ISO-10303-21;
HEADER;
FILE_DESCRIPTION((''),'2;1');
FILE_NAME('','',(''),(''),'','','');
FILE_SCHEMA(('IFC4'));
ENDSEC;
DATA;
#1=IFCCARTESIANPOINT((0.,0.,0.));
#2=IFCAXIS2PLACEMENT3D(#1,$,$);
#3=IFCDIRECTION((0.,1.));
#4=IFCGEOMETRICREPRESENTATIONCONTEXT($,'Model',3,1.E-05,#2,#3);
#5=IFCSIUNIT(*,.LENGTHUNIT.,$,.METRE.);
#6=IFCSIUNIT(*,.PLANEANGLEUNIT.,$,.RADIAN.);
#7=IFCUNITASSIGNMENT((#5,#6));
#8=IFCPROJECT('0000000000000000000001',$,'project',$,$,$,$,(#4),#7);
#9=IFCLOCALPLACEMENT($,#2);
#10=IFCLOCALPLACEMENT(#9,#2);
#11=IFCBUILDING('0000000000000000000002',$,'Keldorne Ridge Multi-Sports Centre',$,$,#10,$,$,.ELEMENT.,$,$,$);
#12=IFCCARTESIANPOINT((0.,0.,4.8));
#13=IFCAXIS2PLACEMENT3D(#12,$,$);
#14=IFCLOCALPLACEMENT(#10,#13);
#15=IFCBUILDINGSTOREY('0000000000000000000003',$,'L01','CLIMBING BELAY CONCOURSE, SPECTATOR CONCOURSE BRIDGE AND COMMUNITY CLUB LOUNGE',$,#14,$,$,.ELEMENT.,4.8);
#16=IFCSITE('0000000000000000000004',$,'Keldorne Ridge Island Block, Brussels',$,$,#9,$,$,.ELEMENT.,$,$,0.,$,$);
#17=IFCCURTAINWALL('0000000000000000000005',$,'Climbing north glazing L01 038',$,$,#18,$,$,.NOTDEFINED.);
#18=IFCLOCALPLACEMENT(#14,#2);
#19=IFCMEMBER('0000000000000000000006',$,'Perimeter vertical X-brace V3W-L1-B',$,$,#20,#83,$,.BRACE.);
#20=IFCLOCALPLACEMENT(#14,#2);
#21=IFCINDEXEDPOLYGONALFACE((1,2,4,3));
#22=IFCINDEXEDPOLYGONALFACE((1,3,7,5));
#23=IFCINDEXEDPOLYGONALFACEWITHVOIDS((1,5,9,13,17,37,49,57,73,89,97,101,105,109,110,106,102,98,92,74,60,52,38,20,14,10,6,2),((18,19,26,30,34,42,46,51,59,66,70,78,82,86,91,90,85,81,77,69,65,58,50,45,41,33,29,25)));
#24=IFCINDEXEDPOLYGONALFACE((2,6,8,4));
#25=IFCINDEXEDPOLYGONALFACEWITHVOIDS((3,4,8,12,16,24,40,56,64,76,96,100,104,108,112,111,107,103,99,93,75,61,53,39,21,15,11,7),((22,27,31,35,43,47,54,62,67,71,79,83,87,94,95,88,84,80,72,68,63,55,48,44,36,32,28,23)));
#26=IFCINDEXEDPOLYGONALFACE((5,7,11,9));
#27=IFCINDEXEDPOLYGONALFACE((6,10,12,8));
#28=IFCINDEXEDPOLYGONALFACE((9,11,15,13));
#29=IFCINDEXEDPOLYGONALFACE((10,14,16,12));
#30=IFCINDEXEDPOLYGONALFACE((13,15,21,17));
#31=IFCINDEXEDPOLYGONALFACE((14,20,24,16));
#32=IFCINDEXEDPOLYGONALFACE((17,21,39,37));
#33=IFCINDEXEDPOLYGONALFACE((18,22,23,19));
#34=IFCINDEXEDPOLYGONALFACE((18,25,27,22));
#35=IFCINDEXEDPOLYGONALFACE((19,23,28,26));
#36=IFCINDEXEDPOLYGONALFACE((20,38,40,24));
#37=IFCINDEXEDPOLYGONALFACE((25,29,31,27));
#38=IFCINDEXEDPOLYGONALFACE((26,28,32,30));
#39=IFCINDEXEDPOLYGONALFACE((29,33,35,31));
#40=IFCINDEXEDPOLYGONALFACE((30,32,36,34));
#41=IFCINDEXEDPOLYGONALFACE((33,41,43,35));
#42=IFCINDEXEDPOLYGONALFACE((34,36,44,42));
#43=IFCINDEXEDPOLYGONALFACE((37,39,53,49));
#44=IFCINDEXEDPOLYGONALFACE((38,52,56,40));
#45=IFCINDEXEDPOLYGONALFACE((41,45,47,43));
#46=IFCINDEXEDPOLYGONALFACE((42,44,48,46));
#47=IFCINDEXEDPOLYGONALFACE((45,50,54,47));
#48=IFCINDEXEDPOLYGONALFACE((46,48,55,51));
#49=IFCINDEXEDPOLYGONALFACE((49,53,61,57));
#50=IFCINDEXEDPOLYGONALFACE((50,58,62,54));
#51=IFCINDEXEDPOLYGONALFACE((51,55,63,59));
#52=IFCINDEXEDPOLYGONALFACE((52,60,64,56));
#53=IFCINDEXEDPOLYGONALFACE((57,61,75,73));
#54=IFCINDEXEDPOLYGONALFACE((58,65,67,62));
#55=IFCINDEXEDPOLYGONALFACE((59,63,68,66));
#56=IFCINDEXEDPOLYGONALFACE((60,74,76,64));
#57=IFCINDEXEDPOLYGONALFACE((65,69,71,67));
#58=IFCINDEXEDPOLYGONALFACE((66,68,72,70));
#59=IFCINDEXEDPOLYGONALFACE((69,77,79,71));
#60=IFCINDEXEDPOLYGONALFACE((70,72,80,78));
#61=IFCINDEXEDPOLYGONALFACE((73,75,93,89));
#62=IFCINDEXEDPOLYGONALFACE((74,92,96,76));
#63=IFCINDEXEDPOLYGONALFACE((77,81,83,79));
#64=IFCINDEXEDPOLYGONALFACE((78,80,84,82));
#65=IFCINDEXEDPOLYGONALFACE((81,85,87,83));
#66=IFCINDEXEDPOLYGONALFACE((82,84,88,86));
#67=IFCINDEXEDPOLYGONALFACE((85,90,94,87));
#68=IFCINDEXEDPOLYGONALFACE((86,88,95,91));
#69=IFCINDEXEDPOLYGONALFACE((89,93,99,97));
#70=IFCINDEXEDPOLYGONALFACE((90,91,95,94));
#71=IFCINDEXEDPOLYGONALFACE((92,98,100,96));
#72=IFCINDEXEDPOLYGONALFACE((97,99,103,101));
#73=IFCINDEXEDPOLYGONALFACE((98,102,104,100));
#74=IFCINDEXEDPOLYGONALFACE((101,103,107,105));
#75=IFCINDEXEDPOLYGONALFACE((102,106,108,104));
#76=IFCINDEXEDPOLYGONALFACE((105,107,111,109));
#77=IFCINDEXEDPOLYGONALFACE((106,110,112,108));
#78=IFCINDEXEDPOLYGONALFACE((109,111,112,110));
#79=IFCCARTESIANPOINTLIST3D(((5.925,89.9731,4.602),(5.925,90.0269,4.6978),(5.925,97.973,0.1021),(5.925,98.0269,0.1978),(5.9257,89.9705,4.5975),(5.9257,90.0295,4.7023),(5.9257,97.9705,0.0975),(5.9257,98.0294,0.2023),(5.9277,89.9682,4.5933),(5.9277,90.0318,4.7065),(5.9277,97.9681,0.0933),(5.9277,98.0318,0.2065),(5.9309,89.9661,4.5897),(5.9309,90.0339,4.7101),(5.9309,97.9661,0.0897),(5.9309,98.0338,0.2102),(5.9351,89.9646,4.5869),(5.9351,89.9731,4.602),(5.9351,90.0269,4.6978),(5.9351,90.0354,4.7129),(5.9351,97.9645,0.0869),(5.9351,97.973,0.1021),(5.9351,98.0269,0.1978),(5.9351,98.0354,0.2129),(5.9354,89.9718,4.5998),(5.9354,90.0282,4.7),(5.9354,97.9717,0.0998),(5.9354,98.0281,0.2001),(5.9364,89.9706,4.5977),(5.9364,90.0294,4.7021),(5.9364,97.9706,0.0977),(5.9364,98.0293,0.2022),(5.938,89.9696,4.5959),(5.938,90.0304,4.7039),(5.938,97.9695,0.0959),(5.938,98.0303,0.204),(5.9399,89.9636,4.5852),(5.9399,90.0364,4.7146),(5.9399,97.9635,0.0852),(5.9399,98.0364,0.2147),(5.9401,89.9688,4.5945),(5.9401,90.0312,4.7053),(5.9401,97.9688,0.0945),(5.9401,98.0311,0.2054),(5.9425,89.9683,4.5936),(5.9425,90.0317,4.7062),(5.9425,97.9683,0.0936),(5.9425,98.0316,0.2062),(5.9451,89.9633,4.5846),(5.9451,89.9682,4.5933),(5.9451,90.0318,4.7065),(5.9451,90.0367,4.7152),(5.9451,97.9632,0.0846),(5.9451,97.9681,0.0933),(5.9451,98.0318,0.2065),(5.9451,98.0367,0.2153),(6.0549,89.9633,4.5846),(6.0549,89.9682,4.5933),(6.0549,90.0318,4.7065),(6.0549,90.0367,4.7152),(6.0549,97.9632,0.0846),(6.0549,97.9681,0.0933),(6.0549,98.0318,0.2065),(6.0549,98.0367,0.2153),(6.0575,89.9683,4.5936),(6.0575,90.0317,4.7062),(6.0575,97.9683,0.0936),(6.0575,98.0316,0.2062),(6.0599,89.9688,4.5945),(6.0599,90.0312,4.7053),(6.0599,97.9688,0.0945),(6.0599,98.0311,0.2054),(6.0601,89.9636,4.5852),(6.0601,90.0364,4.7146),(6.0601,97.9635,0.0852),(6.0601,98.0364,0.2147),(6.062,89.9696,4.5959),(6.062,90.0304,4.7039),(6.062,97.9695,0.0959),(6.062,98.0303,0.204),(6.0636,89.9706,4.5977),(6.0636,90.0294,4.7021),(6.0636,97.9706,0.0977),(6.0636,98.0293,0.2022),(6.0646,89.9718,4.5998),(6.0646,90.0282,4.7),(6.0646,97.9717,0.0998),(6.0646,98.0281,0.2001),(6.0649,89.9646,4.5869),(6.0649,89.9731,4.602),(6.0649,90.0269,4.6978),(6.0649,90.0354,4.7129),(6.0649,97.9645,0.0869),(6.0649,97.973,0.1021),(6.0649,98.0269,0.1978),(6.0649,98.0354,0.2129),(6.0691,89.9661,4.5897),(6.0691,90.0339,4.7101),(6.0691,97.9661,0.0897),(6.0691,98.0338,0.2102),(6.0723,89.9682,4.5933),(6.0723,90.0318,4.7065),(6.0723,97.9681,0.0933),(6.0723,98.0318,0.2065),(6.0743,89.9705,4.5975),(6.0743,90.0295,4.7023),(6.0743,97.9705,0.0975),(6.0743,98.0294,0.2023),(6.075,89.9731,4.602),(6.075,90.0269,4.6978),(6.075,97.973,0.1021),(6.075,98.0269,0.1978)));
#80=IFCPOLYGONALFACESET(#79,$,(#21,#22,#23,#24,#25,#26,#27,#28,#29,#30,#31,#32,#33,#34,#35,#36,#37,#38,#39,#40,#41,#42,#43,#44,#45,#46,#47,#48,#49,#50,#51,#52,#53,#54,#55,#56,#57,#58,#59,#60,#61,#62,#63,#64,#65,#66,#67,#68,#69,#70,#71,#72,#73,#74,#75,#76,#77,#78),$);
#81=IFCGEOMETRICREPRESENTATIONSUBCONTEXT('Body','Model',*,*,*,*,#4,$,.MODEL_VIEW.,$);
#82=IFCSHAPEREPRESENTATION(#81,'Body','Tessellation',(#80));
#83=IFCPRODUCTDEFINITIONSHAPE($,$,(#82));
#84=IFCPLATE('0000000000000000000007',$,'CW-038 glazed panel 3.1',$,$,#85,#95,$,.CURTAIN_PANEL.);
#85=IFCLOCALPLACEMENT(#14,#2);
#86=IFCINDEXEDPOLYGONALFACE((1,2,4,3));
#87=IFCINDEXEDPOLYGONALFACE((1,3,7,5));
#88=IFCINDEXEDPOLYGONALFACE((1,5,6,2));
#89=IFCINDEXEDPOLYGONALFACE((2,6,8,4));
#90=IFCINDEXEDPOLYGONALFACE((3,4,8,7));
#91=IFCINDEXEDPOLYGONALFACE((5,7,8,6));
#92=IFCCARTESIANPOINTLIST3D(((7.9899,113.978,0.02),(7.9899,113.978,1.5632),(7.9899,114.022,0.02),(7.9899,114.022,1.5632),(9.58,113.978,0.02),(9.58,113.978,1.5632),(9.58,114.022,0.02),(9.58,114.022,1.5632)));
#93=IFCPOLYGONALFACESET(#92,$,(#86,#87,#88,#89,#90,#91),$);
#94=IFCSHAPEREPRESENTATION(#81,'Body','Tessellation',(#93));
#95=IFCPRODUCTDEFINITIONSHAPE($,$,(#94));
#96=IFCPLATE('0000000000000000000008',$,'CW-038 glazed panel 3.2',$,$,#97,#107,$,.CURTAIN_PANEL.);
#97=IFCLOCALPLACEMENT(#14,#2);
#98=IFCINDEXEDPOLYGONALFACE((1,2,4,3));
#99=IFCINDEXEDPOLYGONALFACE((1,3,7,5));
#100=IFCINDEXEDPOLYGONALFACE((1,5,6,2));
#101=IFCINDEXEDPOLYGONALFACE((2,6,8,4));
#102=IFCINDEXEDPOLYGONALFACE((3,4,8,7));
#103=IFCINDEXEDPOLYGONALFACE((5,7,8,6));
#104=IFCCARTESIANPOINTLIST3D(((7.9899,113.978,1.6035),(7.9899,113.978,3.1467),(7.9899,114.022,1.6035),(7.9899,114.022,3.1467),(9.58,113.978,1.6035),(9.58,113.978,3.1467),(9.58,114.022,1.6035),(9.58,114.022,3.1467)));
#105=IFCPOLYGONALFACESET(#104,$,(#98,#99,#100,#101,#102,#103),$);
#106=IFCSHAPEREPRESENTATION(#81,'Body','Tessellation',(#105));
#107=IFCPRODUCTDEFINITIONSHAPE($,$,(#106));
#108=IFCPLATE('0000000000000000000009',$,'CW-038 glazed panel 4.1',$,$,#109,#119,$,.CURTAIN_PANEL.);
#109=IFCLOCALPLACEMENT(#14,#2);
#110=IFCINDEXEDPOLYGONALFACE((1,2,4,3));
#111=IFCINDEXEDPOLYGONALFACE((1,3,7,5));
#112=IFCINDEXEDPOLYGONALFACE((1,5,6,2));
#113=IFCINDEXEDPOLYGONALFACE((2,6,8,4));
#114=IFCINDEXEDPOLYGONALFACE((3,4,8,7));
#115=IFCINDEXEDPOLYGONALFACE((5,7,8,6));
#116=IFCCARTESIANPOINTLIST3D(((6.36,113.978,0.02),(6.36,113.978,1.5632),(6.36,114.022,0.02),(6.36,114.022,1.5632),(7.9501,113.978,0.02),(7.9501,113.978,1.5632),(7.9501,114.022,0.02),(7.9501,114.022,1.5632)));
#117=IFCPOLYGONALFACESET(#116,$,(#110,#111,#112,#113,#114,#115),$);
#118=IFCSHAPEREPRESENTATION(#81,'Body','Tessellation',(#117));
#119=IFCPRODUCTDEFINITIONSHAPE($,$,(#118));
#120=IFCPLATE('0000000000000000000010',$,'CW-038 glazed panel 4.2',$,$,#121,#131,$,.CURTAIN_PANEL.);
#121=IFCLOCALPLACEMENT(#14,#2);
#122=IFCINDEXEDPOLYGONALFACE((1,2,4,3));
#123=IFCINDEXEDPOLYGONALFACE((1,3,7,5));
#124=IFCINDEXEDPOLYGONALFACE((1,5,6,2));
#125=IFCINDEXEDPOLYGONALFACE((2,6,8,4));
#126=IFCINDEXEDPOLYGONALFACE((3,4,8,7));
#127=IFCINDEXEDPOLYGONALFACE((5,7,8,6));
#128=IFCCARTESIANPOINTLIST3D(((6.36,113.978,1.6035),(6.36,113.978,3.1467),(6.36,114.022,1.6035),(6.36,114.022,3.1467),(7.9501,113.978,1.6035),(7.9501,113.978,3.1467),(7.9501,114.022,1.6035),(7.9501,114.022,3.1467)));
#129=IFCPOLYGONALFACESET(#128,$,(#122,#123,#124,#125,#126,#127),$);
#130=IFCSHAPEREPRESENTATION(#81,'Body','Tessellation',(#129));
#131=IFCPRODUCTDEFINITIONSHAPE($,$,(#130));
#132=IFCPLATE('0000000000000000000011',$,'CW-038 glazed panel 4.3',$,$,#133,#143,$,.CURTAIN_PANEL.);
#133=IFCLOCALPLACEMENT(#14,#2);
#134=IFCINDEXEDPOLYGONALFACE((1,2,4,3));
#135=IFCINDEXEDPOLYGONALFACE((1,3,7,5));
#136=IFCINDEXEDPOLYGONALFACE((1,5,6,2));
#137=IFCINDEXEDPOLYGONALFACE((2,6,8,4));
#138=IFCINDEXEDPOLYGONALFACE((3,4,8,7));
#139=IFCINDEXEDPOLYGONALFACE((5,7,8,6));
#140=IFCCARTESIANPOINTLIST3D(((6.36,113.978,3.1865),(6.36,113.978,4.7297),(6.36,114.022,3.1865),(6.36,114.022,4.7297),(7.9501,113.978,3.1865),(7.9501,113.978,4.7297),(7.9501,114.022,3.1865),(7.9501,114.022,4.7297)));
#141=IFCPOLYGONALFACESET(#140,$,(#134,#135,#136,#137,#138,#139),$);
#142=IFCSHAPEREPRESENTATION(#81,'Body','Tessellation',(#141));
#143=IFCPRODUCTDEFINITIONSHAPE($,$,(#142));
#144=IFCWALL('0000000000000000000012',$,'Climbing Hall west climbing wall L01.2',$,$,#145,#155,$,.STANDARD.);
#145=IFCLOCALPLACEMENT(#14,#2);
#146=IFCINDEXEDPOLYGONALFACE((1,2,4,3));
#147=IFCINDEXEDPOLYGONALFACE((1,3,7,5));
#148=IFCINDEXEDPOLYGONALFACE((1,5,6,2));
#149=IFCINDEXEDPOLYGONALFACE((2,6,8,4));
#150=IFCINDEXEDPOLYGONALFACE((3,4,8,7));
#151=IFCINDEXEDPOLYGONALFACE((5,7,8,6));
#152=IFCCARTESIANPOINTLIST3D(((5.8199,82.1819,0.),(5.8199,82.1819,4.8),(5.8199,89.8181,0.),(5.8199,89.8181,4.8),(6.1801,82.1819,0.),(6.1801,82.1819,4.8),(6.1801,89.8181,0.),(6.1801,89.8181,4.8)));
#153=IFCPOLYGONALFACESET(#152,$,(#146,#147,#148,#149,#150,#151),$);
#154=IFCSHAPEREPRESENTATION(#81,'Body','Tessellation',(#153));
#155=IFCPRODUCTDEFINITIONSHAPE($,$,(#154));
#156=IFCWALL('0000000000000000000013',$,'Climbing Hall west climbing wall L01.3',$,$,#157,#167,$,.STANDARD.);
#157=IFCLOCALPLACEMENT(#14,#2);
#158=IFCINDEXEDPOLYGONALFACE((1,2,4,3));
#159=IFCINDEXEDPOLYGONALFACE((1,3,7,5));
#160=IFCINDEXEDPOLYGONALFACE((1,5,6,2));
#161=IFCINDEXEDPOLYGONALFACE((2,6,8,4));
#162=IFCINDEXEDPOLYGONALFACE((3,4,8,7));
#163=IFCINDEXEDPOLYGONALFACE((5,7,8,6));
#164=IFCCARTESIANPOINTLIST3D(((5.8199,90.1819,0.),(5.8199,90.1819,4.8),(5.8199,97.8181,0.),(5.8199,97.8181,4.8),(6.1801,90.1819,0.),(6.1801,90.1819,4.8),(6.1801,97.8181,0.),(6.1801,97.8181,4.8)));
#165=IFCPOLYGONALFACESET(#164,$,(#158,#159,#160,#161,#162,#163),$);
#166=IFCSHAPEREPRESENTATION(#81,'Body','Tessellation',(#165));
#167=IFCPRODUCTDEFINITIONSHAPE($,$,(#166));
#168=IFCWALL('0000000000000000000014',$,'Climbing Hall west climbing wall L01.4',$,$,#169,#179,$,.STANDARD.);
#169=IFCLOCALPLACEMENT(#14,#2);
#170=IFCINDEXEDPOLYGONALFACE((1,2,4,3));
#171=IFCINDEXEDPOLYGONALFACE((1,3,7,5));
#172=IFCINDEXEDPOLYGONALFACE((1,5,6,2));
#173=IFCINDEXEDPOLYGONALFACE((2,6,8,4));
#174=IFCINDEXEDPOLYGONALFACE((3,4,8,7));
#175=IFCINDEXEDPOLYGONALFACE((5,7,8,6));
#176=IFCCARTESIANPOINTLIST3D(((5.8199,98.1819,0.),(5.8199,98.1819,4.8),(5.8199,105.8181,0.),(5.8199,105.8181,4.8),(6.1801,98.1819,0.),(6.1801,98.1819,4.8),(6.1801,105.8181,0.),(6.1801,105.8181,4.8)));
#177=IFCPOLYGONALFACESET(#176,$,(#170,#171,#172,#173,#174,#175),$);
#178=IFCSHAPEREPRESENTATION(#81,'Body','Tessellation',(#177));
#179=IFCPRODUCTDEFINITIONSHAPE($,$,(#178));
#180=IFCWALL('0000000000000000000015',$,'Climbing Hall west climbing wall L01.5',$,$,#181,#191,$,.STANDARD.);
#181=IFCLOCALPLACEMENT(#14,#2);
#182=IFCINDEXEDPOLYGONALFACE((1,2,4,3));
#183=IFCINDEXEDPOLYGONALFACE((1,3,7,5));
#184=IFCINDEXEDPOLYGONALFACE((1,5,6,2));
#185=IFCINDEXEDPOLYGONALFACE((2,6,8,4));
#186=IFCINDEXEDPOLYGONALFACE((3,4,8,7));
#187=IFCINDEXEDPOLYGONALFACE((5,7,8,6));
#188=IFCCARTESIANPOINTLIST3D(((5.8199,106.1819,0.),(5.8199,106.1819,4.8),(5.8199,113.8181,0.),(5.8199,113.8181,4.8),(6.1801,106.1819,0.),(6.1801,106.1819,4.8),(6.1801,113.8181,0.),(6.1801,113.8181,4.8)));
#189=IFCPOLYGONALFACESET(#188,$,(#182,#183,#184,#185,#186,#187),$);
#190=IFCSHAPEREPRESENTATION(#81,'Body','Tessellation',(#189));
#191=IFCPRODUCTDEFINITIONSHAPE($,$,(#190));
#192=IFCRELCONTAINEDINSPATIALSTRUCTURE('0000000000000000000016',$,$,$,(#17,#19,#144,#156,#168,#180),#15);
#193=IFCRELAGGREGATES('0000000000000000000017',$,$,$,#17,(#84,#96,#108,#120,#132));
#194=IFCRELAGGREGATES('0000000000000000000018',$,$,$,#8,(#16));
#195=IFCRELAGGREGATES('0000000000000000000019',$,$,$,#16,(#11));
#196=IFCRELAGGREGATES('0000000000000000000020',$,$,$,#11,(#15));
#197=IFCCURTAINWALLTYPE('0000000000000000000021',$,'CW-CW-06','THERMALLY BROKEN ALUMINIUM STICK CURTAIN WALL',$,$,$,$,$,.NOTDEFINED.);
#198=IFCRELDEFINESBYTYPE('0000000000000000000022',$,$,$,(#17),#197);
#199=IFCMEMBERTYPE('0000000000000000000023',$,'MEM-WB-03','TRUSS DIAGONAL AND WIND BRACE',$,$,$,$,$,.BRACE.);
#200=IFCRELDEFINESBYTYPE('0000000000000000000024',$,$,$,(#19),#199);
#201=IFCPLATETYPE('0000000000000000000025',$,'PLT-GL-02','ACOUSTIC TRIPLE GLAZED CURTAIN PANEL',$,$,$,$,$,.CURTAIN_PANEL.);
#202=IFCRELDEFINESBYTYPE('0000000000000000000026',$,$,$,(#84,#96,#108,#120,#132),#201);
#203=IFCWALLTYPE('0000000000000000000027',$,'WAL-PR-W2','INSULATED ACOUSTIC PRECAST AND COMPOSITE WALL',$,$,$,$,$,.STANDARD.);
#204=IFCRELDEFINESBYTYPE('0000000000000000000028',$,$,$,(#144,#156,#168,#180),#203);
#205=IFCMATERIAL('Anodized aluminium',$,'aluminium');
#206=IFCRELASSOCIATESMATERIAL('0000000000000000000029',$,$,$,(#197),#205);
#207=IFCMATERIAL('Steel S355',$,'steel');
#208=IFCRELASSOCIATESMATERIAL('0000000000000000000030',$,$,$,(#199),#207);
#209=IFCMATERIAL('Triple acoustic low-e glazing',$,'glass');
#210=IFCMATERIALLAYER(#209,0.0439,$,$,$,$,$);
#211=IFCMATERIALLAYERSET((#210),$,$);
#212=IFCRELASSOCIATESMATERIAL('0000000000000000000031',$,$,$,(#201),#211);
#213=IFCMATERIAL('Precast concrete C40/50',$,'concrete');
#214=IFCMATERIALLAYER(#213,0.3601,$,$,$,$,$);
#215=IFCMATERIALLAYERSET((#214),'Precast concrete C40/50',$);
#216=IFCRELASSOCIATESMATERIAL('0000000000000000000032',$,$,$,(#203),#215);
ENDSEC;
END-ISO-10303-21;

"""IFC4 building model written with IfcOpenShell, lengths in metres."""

from ifc_helpers import new_model, si_unit, direction, frame, frame_2d, origin, origin_2d, place, context, subcontext, project, spatial, rectangle, hollow_rectangle, extrude, material, layer, layer_set, material_profile, profile_set, type_object, element, aggregate, save


model = new_model("IFC4")

# Units and contexts
model_context = context("Model", 3, precision=1e-05, world=origin(), true_north=direction((0.0, 1.0)))
body_context = subcontext(model_context, "Body", "Model", "MODEL_VIEW")
ifc_project = project(units=[si_unit("LENGTHUNIT", "METRE"), si_unit("PLANEANGLEUNIT", "RADIAN")], contexts=[model_context])

# Site, building, storey
site_placement = place(None, origin())
site = spatial("IfcSite", under=ifc_project, at=site_placement, Name="Keldorne Ridge Island Block, Brussels", CompositionType="ELEMENT", RefElevation=0.0)
building_placement = place(site_placement, origin())
building = spatial("IfcBuilding", under=site, at=building_placement, Name="Keldorne Ridge Multi-Sports Centre", CompositionType="ELEMENT")
storey_placement = place(building_placement, frame((0.0, 0.0, 4.8)))
storey = spatial("IfcBuildingStorey", under=building, at=storey_placement, Name="L01", Description="CLIMBING BELAY CONCOURSE, SPECTATOR CONCOURSE BRIDGE AND COMMUNITY CLUB LOUNGE", CompositionType="ELEMENT", Elevation=4.8)

# Shared definitions
ifc_material_1 = material(Name="Steel S355", Category="steel")

# Curtain wall
ifc_material_2 = material(Name="Anodized aluminium", Category="aluminium")
curtain_wall_type = type_object("IfcCurtainWallType", Name="CW-CW-06", Description="THERMALLY BROKEN ALUMINIUM STICK CURTAIN WALL", PredefinedType="NOTDEFINED", material=ifc_material_2)
curtain_wall_placement = place(storey_placement, origin())
curtain_wall = element("IfcCurtainWall", 1, at=curtain_wall_placement, inside=storey, type_object=curtain_wall_type, Name="Climbing north glazing L01 038", PredefinedType="NOTDEFINED")

# Member
ifc_material_profile_1 = material_profile(ifc_material_1, hollow_rectangle(XDim=0.1499, YDim=0.1499, WallThickness=0.01, InnerFilletRadius=0.01, OuterFilletRadius=0.02, at=origin_2d()), Name="SHS 150x150x10")
ifc_profile_set_1 = profile_set([ifc_material_profile_1], Name="Steel S355")
member_type_1 = type_object("IfcMemberType", Name="MEM-WB-03", Description="TRUSS DIAGONAL AND WIND BRACE", PredefinedType="BRACE", material=ifc_profile_set_1)
for number, where, z_axis, x_axis, name in (
    (2, (6.0, 90.0, 4.6499), (0.0, 0.871576, -0.490261), (-1.0, 0.0, 0.0), "Perimeter vertical X-brace V3W-L1-B"),
):
    element("IfcMember", number, at=place(storey_placement, frame(where, z_axis=z_axis, x_axis=x_axis)), inside=storey, type_object=member_type_1, Name=name, PredefinedType="BRACE", context=body_context, shape_type="SweptSolid", body=[
        extrude(hollow_rectangle(XDim=0.1499, YDim=0.1499, WallThickness=0.01, InnerFilletRadius=0.01, OuterFilletRadius=0.02, at=origin_2d()), origin(), (0.0, 0.0, 1.0), 9.1787),
    ])

# Plates
ifc_material_3 = material(Name="Triple acoustic low-e glazing", Category="glass")
ifc_layer_1 = layer(ifc_material_3, 0.0439)
ifc_layer_set_1 = layer_set([ifc_layer_1])
plate_type = type_object("IfcPlateType", Name="PLT-GL-02", Description="ACOUSTIC TRIPLE GLAZED CURTAIN PANEL", PredefinedType="CURTAIN_PANEL", material=ifc_layer_set_1)
plate_1_placement = place(storey_placement, frame((8.7849, 114.0, 0.02), z_axis=(0.0, 0.0, 1.0), x_axis=(-1.0, 0.0, 0.0)))
plate_1 = element("IfcPlate", 3, at=plate_1_placement, type_object=plate_type, Name="CW-038 glazed panel 3.1", PredefinedType="CURTAIN_PANEL", context=body_context, shape_type="SweptSolid", body=[
    extrude(rectangle(XDim=1.5901, YDim=0.0439, at=origin_2d()), origin(), (0.0, 0.0, 1.0), 1.5432),
])
plate_2_placement = place(storey_placement, frame((8.7849, 114.0, 1.6035), z_axis=(0.0, 0.0, 1.0), x_axis=(-1.0, 0.0, 0.0)))
plate_2 = element("IfcPlate", 4, at=plate_2_placement, type_object=plate_type, Name="CW-038 glazed panel 3.2", PredefinedType="CURTAIN_PANEL", context=body_context, shape_type="SweptSolid", body=[
    extrude(rectangle(XDim=1.5901, YDim=0.0439, at=origin_2d()), origin(), (0.0, 0.0, 1.0), 1.5432),
])
plate_3_placement = place(storey_placement, frame((7.155, 114.0, 0.02), z_axis=(0.0, 0.0, 1.0), x_axis=(-1.0, 0.0, 0.0)))
plate_3 = element("IfcPlate", 5, at=plate_3_placement, type_object=plate_type, Name="CW-038 glazed panel 4.1", PredefinedType="CURTAIN_PANEL", context=body_context, shape_type="SweptSolid", body=[
    extrude(rectangle(XDim=1.5901, YDim=0.0439, at=origin_2d()), origin(), (0.0, 0.0, 1.0), 1.5432),
])
plate_4_placement = place(storey_placement, frame((7.155, 114.0, 1.6035), z_axis=(0.0, 0.0, 1.0), x_axis=(-1.0, 0.0, 0.0)))
plate_4 = element("IfcPlate", 6, at=plate_4_placement, type_object=plate_type, Name="CW-038 glazed panel 4.2", PredefinedType="CURTAIN_PANEL", context=body_context, shape_type="SweptSolid", body=[
    extrude(rectangle(XDim=1.5901, YDim=0.0439, at=origin_2d()), origin(), (0.0, 0.0, 1.0), 1.5432),
])
plate_5_placement = place(storey_placement, frame((7.155, 114.0, 3.1865), z_axis=(0.0, 0.0, 1.0), x_axis=(-1.0, 0.0, 0.0)))
plate_5 = element("IfcPlate", 7, at=plate_5_placement, type_object=plate_type, Name="CW-038 glazed panel 4.3", PredefinedType="CURTAIN_PANEL", context=body_context, shape_type="SweptSolid", body=[
    extrude(rectangle(XDim=1.5901, YDim=0.0439, at=origin_2d()), origin(), (0.0, 0.0, 1.0), 1.5432),
])
aggregate(curtain_wall, [plate_1, plate_2, plate_3, plate_4, plate_5])

# Walls
ifc_material_4 = material(Name="Precast concrete C40/50", Category="concrete")
ifc_layer_2 = layer(ifc_material_4, 0.3601)
ifc_layer_set_2 = layer_set([ifc_layer_2], Name="Precast concrete C40/50")
wall_type = type_object("IfcWallType", Name="WAL-PR-W2", Description="INSULATED ACOUSTIC PRECAST AND COMPOSITE WALL", PredefinedType="STANDARD", material=ifc_layer_set_2)
for number, where, z_axis, x_axis, name in (
    (8, (6.0, 89.8181, 0.0), (0.0, 0.0, 1.0), (0.0, -1.0, 0.0), "Climbing Hall west climbing wall L01.2"),
    (9, (6.0, 97.8181, 0.0), (0.0, 0.0, 1.0), (0.0, -1.0, 0.0), "Climbing Hall west climbing wall L01.3"),
    (10, (6.0, 105.8181, 0.0), (0.0, 0.0, 1.0), (0.0, -1.0, 0.0), "Climbing Hall west climbing wall L01.4"),
    (11, (6.0, 113.8181, 0.0), (0.0, 0.0, 1.0), (0.0, -1.0, 0.0), "Climbing Hall west climbing wall L01.5"),
):
    element("IfcWall", number, at=place(storey_placement, frame(where, z_axis=z_axis, x_axis=x_axis)), inside=storey, type_object=wall_type, Name=name, PredefinedType="STANDARD", context=body_context, shape_type="SweptSolid", body=[
        extrude(rectangle(XDim=7.6362, YDim=0.3601, at=frame_2d((3.8181, 0.0))), origin(), (0.0, 0.0, 1.0), 4.8),
    ])

save(model, "model.ifc")
